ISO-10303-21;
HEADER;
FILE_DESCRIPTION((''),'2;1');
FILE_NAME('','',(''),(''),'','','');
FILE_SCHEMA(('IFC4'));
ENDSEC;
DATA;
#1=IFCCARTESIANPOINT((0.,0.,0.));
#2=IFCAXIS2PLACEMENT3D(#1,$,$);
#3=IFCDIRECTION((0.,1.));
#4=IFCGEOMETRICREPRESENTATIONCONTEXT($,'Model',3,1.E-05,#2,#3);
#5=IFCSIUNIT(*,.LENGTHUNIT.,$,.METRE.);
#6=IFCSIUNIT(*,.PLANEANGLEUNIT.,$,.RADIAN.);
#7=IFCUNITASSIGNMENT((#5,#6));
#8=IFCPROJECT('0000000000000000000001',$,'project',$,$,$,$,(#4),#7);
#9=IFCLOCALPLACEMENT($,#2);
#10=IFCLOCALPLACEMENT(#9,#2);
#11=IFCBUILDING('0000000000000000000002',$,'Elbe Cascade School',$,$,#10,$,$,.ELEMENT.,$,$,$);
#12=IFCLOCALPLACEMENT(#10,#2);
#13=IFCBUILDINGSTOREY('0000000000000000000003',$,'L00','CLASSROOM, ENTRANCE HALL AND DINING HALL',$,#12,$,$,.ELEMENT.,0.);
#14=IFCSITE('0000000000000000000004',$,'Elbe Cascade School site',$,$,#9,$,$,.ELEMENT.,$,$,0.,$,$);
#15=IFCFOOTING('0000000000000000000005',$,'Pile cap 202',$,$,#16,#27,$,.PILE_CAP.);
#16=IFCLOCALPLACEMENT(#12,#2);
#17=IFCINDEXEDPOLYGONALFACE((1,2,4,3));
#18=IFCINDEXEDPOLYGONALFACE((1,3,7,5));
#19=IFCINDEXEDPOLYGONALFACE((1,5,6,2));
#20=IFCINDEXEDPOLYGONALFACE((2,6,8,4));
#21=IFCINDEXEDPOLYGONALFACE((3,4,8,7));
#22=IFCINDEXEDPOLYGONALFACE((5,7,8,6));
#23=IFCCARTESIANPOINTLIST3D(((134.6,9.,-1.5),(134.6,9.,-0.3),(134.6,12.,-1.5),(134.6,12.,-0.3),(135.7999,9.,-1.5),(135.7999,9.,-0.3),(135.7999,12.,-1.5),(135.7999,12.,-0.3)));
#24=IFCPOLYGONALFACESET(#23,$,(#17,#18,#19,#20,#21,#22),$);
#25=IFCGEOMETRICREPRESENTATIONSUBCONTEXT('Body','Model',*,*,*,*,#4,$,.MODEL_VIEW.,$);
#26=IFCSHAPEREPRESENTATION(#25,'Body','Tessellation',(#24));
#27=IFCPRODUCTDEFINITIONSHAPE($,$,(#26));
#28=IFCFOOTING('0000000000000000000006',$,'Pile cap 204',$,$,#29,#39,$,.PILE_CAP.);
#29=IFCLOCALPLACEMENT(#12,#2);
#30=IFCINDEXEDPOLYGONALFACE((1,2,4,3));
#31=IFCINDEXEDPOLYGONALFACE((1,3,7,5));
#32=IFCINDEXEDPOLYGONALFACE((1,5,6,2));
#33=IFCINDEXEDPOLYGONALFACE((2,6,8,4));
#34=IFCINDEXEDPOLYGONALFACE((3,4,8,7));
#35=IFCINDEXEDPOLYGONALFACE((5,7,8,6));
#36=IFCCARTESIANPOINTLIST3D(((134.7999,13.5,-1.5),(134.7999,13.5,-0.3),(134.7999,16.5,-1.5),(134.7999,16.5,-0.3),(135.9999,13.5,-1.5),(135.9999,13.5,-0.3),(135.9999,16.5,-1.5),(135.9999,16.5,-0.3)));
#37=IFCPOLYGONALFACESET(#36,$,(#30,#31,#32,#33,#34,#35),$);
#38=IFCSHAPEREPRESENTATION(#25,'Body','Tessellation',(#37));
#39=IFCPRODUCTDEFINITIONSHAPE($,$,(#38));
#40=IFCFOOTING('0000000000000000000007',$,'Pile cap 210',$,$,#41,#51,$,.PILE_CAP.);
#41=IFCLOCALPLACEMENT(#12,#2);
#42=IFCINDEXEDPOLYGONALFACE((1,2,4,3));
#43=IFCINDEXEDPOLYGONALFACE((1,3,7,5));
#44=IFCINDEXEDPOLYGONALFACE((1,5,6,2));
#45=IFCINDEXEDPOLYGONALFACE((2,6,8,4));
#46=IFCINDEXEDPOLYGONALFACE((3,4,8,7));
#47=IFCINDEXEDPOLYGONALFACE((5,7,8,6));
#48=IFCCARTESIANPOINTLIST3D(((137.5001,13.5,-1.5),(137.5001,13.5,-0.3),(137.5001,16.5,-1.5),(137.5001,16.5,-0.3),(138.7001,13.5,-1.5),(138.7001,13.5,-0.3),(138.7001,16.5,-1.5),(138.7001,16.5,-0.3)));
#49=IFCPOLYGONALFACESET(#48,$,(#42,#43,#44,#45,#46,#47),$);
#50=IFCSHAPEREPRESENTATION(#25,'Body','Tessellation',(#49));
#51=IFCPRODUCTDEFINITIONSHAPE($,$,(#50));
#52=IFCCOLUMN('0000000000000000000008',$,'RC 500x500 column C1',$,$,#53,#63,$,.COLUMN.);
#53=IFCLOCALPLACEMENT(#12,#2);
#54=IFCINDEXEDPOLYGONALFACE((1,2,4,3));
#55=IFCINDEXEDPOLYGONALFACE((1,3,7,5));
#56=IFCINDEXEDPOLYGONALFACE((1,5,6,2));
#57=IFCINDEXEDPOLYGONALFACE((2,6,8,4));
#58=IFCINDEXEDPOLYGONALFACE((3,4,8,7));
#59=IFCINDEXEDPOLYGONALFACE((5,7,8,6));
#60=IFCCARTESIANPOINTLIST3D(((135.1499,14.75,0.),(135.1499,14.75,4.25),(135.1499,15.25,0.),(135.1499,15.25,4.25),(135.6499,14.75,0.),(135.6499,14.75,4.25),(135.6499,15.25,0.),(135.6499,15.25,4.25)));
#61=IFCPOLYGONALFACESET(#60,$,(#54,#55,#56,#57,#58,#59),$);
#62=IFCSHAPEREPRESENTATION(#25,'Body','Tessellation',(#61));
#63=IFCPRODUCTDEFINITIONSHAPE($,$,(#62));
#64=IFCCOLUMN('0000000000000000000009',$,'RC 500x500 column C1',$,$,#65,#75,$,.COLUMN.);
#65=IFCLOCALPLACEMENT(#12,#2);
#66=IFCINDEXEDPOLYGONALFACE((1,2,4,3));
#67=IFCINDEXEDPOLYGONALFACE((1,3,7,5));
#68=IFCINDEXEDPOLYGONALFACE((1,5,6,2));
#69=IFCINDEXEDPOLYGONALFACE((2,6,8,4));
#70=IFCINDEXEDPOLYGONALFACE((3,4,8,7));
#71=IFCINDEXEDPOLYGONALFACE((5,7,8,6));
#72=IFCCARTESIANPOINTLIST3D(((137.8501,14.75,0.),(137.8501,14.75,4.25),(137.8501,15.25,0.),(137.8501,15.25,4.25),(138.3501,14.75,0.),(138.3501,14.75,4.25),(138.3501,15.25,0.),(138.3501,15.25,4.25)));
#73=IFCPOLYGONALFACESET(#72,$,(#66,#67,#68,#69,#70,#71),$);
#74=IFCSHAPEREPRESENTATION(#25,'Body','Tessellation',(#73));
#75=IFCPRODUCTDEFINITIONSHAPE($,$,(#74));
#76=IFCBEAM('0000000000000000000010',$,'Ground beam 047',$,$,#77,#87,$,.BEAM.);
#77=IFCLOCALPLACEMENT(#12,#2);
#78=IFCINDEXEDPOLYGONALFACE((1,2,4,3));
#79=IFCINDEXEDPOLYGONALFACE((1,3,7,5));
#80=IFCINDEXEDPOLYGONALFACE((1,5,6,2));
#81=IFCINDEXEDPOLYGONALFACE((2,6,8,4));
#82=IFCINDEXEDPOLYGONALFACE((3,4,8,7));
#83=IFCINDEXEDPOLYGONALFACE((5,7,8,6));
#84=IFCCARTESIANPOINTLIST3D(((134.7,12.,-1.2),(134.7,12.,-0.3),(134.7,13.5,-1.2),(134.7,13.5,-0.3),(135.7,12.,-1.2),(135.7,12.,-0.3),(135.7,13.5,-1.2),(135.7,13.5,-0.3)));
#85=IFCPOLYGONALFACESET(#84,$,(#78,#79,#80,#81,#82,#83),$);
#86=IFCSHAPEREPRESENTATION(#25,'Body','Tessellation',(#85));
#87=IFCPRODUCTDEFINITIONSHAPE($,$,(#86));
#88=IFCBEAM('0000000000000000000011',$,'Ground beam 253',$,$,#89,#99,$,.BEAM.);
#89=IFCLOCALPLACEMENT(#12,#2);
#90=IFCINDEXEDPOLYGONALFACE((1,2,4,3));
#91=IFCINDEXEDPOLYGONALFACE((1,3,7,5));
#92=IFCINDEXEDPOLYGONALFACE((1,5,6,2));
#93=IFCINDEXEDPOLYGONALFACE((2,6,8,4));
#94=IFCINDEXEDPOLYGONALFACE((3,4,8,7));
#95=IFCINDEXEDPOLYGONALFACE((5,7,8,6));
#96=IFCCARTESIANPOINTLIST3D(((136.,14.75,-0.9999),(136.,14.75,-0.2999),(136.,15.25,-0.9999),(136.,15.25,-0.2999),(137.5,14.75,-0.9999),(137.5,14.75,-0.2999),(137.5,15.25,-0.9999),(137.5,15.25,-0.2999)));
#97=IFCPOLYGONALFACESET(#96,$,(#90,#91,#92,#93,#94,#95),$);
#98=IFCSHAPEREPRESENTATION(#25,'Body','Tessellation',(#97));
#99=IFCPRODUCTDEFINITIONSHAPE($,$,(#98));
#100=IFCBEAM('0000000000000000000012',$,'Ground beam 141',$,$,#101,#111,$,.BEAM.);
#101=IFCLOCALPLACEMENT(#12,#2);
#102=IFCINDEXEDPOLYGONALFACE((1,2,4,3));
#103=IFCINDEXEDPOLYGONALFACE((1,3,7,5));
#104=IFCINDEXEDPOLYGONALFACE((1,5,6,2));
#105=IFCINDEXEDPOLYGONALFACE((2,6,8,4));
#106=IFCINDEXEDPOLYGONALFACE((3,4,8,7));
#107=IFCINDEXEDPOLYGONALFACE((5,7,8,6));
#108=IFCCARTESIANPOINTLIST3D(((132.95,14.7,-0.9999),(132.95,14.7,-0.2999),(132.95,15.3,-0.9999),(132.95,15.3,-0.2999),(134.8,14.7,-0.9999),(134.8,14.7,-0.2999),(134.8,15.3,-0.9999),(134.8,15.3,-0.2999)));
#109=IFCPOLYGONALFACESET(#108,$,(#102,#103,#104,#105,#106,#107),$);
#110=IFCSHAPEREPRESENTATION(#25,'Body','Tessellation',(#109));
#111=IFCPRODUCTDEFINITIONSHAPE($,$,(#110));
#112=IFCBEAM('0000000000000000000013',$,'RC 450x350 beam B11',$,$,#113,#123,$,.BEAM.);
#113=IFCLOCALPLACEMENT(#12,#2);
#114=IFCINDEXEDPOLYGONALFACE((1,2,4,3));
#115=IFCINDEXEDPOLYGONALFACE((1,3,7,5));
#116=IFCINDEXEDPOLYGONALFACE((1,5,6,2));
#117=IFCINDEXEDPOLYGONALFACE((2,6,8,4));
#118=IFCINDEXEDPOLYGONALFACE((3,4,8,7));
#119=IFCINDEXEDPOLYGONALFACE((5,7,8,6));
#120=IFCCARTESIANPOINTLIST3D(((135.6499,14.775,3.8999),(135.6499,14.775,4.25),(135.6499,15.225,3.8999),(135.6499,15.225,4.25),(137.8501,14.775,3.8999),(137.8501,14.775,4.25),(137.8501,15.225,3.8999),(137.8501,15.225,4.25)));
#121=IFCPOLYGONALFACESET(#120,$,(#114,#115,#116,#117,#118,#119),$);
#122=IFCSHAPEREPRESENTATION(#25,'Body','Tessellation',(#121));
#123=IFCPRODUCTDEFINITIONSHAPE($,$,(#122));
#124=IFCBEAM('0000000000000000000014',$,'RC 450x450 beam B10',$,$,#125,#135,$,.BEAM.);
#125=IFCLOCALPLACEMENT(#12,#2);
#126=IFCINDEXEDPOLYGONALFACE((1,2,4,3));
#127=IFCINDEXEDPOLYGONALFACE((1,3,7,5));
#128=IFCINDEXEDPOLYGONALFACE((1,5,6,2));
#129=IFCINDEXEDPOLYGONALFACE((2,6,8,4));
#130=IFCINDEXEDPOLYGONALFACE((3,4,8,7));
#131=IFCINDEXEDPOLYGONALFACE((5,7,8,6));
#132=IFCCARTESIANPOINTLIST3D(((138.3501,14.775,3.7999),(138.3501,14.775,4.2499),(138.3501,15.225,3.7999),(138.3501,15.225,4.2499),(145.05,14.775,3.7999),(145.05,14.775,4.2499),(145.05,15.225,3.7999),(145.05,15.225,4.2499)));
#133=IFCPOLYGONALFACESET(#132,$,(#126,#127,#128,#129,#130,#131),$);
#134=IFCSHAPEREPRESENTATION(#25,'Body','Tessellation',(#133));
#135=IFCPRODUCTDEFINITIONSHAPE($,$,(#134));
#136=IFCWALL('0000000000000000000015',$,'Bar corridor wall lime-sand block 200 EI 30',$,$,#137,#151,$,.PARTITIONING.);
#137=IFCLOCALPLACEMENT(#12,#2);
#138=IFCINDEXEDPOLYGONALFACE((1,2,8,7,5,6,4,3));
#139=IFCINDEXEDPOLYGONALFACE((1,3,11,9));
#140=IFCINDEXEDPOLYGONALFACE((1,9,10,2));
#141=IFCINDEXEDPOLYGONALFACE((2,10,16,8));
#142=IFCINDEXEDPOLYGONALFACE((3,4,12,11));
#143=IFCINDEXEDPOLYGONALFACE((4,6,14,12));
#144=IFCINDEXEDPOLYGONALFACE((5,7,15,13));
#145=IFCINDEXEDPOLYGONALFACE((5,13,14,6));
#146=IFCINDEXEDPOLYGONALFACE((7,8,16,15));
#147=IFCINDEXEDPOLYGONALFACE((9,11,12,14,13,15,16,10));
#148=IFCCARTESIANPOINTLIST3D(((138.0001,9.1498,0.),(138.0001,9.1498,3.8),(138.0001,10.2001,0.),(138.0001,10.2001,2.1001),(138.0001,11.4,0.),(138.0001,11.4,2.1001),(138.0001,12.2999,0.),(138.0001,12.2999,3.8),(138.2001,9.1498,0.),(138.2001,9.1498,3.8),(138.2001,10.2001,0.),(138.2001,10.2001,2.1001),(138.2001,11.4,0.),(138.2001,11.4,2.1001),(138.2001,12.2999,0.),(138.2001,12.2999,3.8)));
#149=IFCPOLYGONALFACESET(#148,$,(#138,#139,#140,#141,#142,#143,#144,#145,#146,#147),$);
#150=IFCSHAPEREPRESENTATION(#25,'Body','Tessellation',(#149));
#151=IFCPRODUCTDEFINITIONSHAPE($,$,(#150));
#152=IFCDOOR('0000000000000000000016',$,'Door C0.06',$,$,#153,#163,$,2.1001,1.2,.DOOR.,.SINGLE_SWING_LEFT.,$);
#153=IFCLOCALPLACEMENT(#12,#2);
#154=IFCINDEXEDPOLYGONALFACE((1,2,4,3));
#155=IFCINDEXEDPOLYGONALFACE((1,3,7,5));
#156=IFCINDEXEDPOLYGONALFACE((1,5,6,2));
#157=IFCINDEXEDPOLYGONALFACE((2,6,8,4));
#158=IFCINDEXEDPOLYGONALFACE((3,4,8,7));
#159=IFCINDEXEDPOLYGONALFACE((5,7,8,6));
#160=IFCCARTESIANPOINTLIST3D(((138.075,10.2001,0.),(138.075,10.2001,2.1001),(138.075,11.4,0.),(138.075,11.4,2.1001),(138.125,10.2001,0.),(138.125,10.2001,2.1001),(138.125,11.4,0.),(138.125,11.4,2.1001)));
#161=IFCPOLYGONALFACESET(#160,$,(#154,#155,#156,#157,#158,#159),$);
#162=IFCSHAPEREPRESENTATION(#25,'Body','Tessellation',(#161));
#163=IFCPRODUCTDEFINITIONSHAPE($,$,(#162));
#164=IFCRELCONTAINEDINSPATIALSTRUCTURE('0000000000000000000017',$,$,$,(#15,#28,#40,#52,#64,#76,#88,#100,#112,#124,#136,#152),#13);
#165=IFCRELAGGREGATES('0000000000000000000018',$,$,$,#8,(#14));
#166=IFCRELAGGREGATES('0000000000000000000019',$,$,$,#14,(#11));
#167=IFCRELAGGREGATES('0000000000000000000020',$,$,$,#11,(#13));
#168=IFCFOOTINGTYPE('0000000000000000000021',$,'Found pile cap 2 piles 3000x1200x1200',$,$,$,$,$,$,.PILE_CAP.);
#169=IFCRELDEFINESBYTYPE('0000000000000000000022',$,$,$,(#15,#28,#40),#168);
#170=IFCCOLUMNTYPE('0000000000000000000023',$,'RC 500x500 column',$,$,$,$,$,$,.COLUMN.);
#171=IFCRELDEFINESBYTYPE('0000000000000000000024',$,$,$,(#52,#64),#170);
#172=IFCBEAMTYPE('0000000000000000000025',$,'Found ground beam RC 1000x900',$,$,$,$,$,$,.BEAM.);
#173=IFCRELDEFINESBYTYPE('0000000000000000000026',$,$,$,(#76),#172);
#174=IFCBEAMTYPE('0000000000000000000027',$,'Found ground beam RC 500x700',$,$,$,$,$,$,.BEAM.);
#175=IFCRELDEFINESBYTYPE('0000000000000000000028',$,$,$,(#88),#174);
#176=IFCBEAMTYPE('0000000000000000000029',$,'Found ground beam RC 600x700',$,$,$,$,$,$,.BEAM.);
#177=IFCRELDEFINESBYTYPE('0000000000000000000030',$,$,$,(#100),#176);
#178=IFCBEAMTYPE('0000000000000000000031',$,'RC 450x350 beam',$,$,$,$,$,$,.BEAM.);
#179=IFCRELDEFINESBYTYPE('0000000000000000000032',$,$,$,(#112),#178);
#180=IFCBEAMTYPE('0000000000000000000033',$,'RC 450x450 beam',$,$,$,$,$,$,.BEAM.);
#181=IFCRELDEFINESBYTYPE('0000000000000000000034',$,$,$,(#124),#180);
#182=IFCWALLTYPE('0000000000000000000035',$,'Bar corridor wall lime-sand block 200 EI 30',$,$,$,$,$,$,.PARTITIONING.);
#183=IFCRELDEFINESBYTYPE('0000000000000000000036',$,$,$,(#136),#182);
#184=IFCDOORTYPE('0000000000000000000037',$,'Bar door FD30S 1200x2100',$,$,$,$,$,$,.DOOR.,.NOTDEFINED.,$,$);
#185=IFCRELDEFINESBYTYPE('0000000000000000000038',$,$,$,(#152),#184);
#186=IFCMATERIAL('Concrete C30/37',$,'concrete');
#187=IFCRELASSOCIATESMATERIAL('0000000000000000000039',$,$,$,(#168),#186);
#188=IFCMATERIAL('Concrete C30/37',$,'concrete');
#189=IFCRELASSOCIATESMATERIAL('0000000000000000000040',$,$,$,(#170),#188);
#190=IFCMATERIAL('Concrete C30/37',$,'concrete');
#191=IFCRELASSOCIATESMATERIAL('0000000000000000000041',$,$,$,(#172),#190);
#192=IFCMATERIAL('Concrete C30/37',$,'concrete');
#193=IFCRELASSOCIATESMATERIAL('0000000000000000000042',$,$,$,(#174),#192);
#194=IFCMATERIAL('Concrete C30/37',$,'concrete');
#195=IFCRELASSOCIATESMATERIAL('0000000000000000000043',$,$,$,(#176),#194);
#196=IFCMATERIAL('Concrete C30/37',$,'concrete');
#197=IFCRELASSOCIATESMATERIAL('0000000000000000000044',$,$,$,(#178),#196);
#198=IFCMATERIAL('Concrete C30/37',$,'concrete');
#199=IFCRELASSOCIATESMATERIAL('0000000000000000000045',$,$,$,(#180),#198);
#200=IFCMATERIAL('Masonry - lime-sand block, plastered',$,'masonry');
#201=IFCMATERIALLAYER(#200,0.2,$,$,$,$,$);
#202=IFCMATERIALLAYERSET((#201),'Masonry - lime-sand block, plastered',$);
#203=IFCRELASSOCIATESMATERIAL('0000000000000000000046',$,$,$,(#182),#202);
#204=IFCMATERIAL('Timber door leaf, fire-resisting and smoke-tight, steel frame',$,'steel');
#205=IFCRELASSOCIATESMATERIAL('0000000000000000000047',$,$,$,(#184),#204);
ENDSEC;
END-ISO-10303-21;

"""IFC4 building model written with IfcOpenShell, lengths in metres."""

from ifc_helpers import new_model, si_unit, direction, frame, frame_2d, origin, origin_2d, place, context, subcontext, project, spatial, rectangle, extrude, material, layer, layer_set, material_profile, profile_set, type_object, element, fill, save


model = new_model("IFC4")

# Units and contexts
model_context = context("Model", 3, precision=1e-05, world=origin(), true_north=direction((0.0, 1.0)))
body_context = subcontext(model_context, "Body", "Model", "MODEL_VIEW")
ifc_project = project(units=[si_unit("LENGTHUNIT", "METRE"), si_unit("PLANEANGLEUNIT", "RADIAN")], contexts=[model_context])

# Site, building, storey
site_placement = place(None, origin())
site = spatial("IfcSite", under=ifc_project, at=site_placement, Name="Elbe Cascade School site", CompositionType="ELEMENT", RefElevation=0.0)
building_placement = place(site_placement, origin())
building = spatial("IfcBuilding", under=site, at=building_placement, Name="Elbe Cascade School", CompositionType="ELEMENT")
storey_placement = place(building_placement, origin())
storey = spatial("IfcBuildingStorey", under=building, at=storey_placement, Name="L00", Description="CLASSROOM, ENTRANCE HALL AND DINING HALL", CompositionType="ELEMENT", Elevation=0.0)

# Footings
ifc_material_1 = material(Name="Concrete C30/37", Category="concrete")
footing_type = type_object("IfcFootingType", Name="Found pile cap 2 piles 3000x1200x1200", PredefinedType="PILE_CAP", material=ifc_material_1)
for number, where, z_axis, x_axis, name in (
    (1, (135.2, 10.5, -1.5), (0.0, 0.0, 1.0), (1.0, 0.0, 0.0), "Pile cap 202"),
    (2, (135.3999, 15.0, -1.5), (0.0, 0.0, 1.0), (1.0, 0.0, 0.0), "Pile cap 204"),
    (3, (138.1001, 15.0, -1.5), (0.0, 0.0, 1.0), (1.0, 0.0, 0.0), "Pile cap 210"),
):
    element("IfcFooting", number, at=place(storey_placement, frame(where, z_axis=z_axis, x_axis=x_axis)), inside=storey, type_object=footing_type, Name=name, PredefinedType="PILE_CAP", context=body_context, shape_type="SweptSolid", body=[
        extrude(rectangle(XDim=1.2, YDim=3.0, at=origin_2d()), origin(), (0.0, 0.0, 1.0), 1.2),
    ])

# Columns
ifc_material_2 = material(Name="Concrete C30/37", Category="concrete")
ifc_material_profile_1 = material_profile(ifc_material_2, rectangle(XDim=0.5, YDim=0.5, at=origin_2d()), Name="RC 500x500")
ifc_profile_set_1 = profile_set([ifc_material_profile_1], Name="Concrete C30/37")
column_type = type_object("IfcColumnType", Name="RC 500x500 column", PredefinedType="COLUMN", material=ifc_profile_set_1)
for number, where, z_axis, x_axis, name in (
    (4, (135.3999, 15.0, 0.0), (0.0, 0.0, 1.0), (1.0, 0.0, 0.0), "RC 500x500 column C1"),
    (5, (138.1001, 15.0, 0.0), (0.0, 0.0, 1.0), (1.0, 0.0, 0.0), "RC 500x500 column C1"),
):
    element("IfcColumn", number, at=place(storey_placement, frame(where, z_axis=z_axis, x_axis=x_axis)), inside=storey, type_object=column_type, Name=name, PredefinedType="COLUMN", context=body_context, shape_type="SweptSolid", body=[
        extrude(rectangle(XDim=0.5, YDim=0.5, at=origin_2d()), origin(), (0.0, 0.0, 1.0), 4.25),
    ])

# Beams
ifc_material_3 = material(Name="Concrete C30/37", Category="concrete")
ifc_material_profile_2 = material_profile(ifc_material_3, rectangle(XDim=1.0, YDim=0.8999, at=origin_2d()), Name="RC 1000x900")
ifc_profile_set_2 = profile_set([ifc_material_profile_2], Name="Concrete C30/37")
beam_type_1 = type_object("IfcBeamType", Name="Found ground beam RC 1000x900", PredefinedType="BEAM", material=ifc_profile_set_2)
beam_1_placement = place(storey_placement, frame((135.2, 12.0, -0.75), z_axis=(0.0, 1.0, 0.0), x_axis=(-1.0, 0.0, 0.0)))
element("IfcBeam", 6, at=beam_1_placement, inside=storey, type_object=beam_type_1, Name="Ground beam 047", PredefinedType="BEAM", context=body_context, shape_type="SweptSolid", body=[
    extrude(rectangle(XDim=1.0, YDim=0.8999, at=origin_2d()), origin(), (0.0, 0.0, 1.0), 1.5),
])
ifc_material_4 = material(Name="Concrete C30/37", Category="concrete")
ifc_material_profile_3 = material_profile(ifc_material_4, rectangle(XDim=0.5, YDim=0.7, at=origin_2d()), Name="RC 500x700")
ifc_profile_set_3 = profile_set([ifc_material_profile_3], Name="Concrete C30/37")
beam_type_2 = type_object("IfcBeamType", Name="Found ground beam RC 500x700", PredefinedType="BEAM", material=ifc_profile_set_3)
beam_2_placement = place(storey_placement, frame((136.0, 15.0, -0.6499), z_axis=(1.0, 0.0, 0.0), x_axis=(0.0, 1.0, 0.0)))
element("IfcBeam", 7, at=beam_2_placement, inside=storey, type_object=beam_type_2, Name="Ground beam 253", PredefinedType="BEAM", context=body_context, shape_type="SweptSolid", body=[
    extrude(rectangle(XDim=0.5, YDim=0.7, at=origin_2d()), origin(), (0.0, 0.0, 1.0), 1.5),
])
ifc_material_5 = material(Name="Concrete C30/37", Category="concrete")
ifc_material_profile_4 = material_profile(ifc_material_5, rectangle(XDim=0.6001, YDim=0.7, at=origin_2d()), Name="RC 600x700")
ifc_profile_set_4 = profile_set([ifc_material_profile_4], Name="Concrete C30/37")
beam_type_3 = type_object("IfcBeamType", Name="Found ground beam RC 600x700", PredefinedType="BEAM", material=ifc_profile_set_4)
beam_3_placement = place(storey_placement, frame((132.95, 15.0, -0.6499), z_axis=(1.0, 0.0, 0.0), x_axis=(0.0, 1.0, 0.0)))
element("IfcBeam", 8, at=beam_3_placement, inside=storey, type_object=beam_type_3, Name="Ground beam 141", PredefinedType="BEAM", context=body_context, shape_type="SweptSolid", body=[
    extrude(rectangle(XDim=0.6001, YDim=0.7, at=origin_2d()), origin(), (0.0, 0.0, 1.0), 1.8501),
])
ifc_material_6 = material(Name="Concrete C30/37", Category="concrete")
ifc_material_profile_5 = material_profile(ifc_material_6, rectangle(XDim=0.45, YDim=0.3501, at=origin_2d()), Name="RC 450x350")
ifc_profile_set_5 = profile_set([ifc_material_profile_5], Name="Concrete C30/37")
beam_type_4 = type_object("IfcBeamType", Name="RC 450x350 beam", PredefinedType="BEAM", material=ifc_profile_set_5)
beam_4_placement = place(storey_placement, frame((135.6499, 15.0, 4.075), z_axis=(1.0, 0.0, 0.0), x_axis=(0.0, 1.0, 0.0)))
element("IfcBeam", 9, at=beam_4_placement, inside=storey, type_object=beam_type_4, Name="RC 450x350 beam B11", PredefinedType="BEAM", context=body_context, shape_type="SweptSolid", body=[
    extrude(rectangle(XDim=0.45, YDim=0.3501, at=origin_2d()), origin(), (0.0, 0.0, 1.0), 2.2002),
])
ifc_material_7 = material(Name="Concrete C30/37", Category="concrete")
ifc_material_profile_6 = material_profile(ifc_material_7, rectangle(XDim=0.45, YDim=0.45, at=origin_2d()), Name="RC 450x450")
ifc_profile_set_6 = profile_set([ifc_material_profile_6], Name="Concrete C30/37")
beam_type_5 = type_object("IfcBeamType", Name="RC 450x450 beam", PredefinedType="BEAM", material=ifc_profile_set_6)
beam_5_placement = place(storey_placement, frame((138.3501, 15.0, 4.0249), z_axis=(1.0, 0.0, 0.0), x_axis=(0.0, 1.0, 0.0)))
element("IfcBeam", 10, at=beam_5_placement, inside=storey, type_object=beam_type_5, Name="RC 450x450 beam B10", PredefinedType="BEAM", context=body_context, shape_type="SweptSolid", body=[
    extrude(rectangle(XDim=0.45, YDim=0.45, at=origin_2d()), origin(), (0.0, 0.0, 1.0), 6.7),
])

# Wall, opening, door
ifc_material_8 = material(Name="Masonry - lime-sand block, plastered", Category="masonry")
ifc_layer_1 = layer(ifc_material_8, 0.2)
ifc_layer_set_1 = layer_set([ifc_layer_1], Name="Masonry - lime-sand block, plastered")
wall_type_1 = type_object("IfcWallType", Name="Bar corridor wall lime-sand block 200 EI 30", PredefinedType="PARTITIONING", material=ifc_layer_set_1)
wall_1_placement = place(storey_placement, frame((138.1001, 12.3, 0.0), z_axis=(0.0, 0.0, 1.0), x_axis=(0.0, -1.0, 0.0)))
wall_1 = element("IfcWall", 11, at=wall_1_placement, inside=storey, type_object=wall_type_1, Name="Bar corridor wall lime-sand block 200 EI 30", PredefinedType="PARTITIONING", context=body_context, shape_type="SweptSolid", body=[
    extrude(rectangle(XDim=3.1501, YDim=0.2, at=frame_2d((1.5752, 0.0))), origin(), (0.0, 0.0, 1.0), 3.8),
])
opening_1_placement = place(wall_1_placement, frame((0.8999, 0.0, 0.0)))
opening_1 = element("IfcOpeningElement", 12, at=opening_1_placement, cuts=wall_1, PredefinedType="OPENING", context=body_context, shape_type="SweptSolid", body=[
    extrude(rectangle(XDim=1.2, YDim=2.1001, at=frame_2d((0.6001, 1.05))), frame((0.0, 0.1099, 0.0), z_axis=(0.0, -1.0, 0.0), x_axis=(1.0, 0.0, 0.0)), (0.0, 0.0, 1.0), 0.22),
])
ifc_material_9 = material(Name="Timber door leaf, fire-resisting and smoke-tight, steel frame", Category="steel")
door_type_1 = type_object("IfcDoorType", Name="Bar door FD30S 1200x2100", OperationType="NOTDEFINED", PredefinedType="DOOR", material=ifc_material_9)
door_1_placement = place(opening_1_placement, origin())
door_1 = element("IfcDoor", 13, at=door_1_placement, inside=storey, type_object=door_type_1, Name="Door C0.06", OperationType="SINGLE_SWING_LEFT", OverallHeight=2.1001, OverallWidth=1.2, PredefinedType="DOOR", context=body_context, shape_type="SweptSolid", body=[
    extrude(rectangle(XDim=1.2, YDim=2.1001, at=frame_2d((0.6001, 1.05))), frame((0.0, 0.0249, 0.0), z_axis=(0.0, -1.0, 0.0), x_axis=(1.0, 0.0, 0.0)), (0.0, 0.0, 1.0), 0.05),
])
fill(opening_1, door_1)

save(model, "model.ifc")
